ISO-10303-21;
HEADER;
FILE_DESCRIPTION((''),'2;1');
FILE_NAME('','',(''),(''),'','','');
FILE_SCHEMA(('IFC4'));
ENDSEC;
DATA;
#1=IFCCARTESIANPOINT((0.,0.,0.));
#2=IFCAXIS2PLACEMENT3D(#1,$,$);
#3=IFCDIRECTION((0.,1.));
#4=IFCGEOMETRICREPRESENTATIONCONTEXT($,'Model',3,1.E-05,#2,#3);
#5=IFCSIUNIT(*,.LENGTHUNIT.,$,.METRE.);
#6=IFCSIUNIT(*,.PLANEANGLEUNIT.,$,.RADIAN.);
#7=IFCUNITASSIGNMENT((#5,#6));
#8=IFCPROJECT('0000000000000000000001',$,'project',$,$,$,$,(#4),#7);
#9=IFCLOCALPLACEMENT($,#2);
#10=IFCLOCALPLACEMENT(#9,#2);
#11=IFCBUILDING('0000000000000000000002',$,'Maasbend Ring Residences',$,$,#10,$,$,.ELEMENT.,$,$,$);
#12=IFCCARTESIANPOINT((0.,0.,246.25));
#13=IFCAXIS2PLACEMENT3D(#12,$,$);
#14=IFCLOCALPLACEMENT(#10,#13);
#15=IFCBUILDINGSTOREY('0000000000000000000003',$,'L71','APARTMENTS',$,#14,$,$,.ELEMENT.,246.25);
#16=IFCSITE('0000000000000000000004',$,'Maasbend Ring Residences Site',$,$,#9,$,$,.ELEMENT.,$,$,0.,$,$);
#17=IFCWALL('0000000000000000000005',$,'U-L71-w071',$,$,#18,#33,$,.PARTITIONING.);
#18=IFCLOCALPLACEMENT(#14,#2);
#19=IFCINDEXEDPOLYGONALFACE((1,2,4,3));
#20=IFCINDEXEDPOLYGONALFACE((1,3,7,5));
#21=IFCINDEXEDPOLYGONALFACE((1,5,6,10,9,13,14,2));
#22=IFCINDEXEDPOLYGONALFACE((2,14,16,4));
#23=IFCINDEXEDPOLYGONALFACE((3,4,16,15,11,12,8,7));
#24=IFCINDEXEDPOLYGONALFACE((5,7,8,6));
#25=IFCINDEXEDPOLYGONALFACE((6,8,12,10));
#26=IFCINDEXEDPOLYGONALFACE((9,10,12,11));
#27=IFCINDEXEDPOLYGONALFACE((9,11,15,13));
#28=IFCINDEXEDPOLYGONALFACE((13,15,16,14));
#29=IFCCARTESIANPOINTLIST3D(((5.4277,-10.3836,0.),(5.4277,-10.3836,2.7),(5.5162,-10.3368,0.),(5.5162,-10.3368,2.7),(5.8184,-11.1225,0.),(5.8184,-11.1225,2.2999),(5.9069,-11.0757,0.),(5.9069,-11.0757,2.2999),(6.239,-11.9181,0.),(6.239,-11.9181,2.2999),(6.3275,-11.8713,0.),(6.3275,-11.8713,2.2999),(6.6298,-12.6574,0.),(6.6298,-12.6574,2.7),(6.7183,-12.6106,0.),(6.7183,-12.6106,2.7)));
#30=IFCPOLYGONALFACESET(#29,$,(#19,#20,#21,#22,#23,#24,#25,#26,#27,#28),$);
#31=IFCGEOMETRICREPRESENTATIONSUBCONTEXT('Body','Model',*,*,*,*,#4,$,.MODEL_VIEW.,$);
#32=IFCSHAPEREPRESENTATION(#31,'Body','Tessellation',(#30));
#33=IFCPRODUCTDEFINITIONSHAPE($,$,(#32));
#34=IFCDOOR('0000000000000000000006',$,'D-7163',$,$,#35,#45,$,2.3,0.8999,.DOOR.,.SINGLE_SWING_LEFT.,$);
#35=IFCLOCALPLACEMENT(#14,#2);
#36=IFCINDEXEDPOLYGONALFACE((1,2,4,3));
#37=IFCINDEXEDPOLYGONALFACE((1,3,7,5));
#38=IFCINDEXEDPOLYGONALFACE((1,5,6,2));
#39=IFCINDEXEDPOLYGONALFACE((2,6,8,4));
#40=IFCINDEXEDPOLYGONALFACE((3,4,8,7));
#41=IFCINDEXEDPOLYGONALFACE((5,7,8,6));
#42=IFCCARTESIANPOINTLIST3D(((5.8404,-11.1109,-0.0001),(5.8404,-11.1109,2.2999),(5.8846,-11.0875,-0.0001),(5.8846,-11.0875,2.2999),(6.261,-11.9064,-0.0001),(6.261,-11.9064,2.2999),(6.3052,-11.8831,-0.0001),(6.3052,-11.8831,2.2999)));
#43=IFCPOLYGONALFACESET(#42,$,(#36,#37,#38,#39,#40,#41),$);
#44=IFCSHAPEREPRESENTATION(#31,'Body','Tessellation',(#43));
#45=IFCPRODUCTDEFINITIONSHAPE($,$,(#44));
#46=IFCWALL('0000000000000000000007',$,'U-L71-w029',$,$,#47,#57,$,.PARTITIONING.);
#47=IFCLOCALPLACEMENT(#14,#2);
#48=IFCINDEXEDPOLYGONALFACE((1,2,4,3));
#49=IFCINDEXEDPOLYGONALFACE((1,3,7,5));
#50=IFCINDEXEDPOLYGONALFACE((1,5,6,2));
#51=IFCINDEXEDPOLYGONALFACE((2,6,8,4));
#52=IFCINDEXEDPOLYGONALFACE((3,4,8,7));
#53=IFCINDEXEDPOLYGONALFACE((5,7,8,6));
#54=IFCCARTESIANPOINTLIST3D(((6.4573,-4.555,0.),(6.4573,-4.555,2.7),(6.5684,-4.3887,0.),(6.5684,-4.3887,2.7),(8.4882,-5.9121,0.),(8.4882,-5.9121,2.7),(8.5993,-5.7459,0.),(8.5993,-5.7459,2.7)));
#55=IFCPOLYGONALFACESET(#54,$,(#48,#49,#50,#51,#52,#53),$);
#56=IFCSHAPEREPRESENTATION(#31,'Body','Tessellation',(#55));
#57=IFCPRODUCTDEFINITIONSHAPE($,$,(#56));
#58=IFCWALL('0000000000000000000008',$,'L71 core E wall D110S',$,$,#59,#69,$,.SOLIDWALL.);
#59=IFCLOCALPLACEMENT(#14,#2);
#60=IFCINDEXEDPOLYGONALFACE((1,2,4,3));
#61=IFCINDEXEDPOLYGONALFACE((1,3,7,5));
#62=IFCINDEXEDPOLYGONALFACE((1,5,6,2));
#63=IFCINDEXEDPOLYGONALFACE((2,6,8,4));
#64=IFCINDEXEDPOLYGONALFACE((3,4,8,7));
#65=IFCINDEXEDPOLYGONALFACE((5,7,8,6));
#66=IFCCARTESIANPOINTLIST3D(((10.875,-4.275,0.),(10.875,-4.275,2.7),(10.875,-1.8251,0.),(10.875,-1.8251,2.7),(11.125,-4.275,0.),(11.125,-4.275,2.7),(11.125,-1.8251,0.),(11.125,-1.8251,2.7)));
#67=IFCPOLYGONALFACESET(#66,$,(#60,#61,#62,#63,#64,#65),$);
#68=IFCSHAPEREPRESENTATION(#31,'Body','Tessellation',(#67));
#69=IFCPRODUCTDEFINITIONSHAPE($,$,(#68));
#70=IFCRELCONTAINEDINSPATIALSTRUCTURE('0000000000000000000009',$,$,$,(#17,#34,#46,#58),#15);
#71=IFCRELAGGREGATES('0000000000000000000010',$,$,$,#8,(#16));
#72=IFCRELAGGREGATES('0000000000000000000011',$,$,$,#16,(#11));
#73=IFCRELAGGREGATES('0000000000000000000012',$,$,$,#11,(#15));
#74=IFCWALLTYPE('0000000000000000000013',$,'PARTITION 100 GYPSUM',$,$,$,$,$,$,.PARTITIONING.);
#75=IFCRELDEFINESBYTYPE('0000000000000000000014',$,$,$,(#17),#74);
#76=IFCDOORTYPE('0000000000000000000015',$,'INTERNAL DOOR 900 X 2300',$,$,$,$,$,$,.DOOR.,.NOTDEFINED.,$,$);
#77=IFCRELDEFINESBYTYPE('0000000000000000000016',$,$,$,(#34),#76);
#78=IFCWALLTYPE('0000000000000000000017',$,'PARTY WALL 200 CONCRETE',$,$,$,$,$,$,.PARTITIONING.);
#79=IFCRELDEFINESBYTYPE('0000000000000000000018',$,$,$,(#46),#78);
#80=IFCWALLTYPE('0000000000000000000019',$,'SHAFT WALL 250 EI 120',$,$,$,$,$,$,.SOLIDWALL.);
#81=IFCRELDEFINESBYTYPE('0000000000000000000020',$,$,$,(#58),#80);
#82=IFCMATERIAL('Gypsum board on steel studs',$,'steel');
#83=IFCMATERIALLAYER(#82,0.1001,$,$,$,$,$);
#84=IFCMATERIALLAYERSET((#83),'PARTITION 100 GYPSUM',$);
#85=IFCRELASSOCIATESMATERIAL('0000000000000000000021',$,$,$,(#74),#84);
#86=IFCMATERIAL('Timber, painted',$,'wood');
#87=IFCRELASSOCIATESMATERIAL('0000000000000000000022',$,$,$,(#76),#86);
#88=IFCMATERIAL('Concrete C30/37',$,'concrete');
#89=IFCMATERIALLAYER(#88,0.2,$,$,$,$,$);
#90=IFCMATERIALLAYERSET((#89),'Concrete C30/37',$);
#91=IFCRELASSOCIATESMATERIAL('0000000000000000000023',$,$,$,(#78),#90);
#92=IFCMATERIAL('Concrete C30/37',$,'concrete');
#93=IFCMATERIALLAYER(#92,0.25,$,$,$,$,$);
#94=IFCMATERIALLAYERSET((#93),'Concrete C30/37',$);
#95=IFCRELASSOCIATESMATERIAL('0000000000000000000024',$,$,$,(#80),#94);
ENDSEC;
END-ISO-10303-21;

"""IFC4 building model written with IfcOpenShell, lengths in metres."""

from ifc_helpers import new_model, si_unit, direction, frame, frame_2d, origin, place, context, subcontext, project, spatial, rectangle, extrude, material, layer, layer_set, type_object, element, fill, save


model = new_model("IFC4")

# Units and contexts
model_context = context("Model", 3, precision=1e-05, world=origin(), true_north=direction((0.0, 1.0)))
body_context = subcontext(model_context, "Body", "Model", "MODEL_VIEW")
ifc_project = project(units=[si_unit("LENGTHUNIT", "METRE"), si_unit("PLANEANGLEUNIT", "RADIAN")], contexts=[model_context])

# Site, building, storey
site_placement = place(None, origin())
site = spatial("IfcSite", under=ifc_project, at=site_placement, Name="Maasbend Ring Residences Site", CompositionType="ELEMENT", RefElevation=0.0)
building_placement = place(site_placement, origin())
building = spatial("IfcBuilding", under=site, at=building_placement, Name="Maasbend Ring Residences", CompositionType="ELEMENT")
storey_placement = place(building_placement, frame((0.0, 0.0, 246.25)))
storey = spatial("IfcBuildingStorey", under=building, at=storey_placement, Name="L71", Description="APARTMENTS", CompositionType="ELEMENT", Elevation=246.25)

# Shared definitions
ifc_material_1 = material(Name="Gypsum board on steel studs", Category="steel")
ifc_layer_1 = layer(ifc_material_1, 0.1001)
ifc_layer_set_1 = layer_set([ifc_layer_1], Name="PARTITION 100 GYPSUM")
wall_type_1 = type_object("IfcWallType", Name="PARTITION 100 GYPSUM", PredefinedType="PARTITIONING", material=ifc_layer_set_1)

# Wall, opening, door
wall_1_placement = place(storey_placement, frame((5.4719, -10.3601, 0.0), z_axis=(0.0, 0.0, 1.0), x_axis=(0.467373, -0.88406, 0.0)))
wall_1 = element("IfcWall", 1, at=wall_1_placement, inside=storey, type_object=wall_type_1, Name="U-L71-w071", PredefinedType="PARTITIONING", context=body_context, shape_type="SweptSolid", body=[
    extrude(rectangle(XDim=2.572, YDim=0.1001, at=frame_2d((1.2861, 0.0))), origin(), (0.0, 0.0, 1.0), 2.7),
])
opening_1_placement = place(wall_1_placement, frame((0.8359, 0.0, 0.0)))
opening_1 = element("IfcOpeningElement", 2, at=opening_1_placement, cuts=wall_1, PredefinedType="OPENING", context=body_context, shape_type="SweptSolid", body=[
    extrude(rectangle(XDim=0.8999, YDim=2.3, at=frame_2d((0.45, 1.1499))), frame((0.0, 0.0601, 0.0), z_axis=(0.0, -1.0, 0.0), x_axis=(1.0, 0.0, 0.0)), (0.0, 0.0, 1.0), 0.1201),
])
ifc_material_2 = material(Name="Timber, painted", Category="wood")
door_type_1 = type_object("IfcDoorType", Name="INTERNAL DOOR 900 X 2300", OperationType="NOTDEFINED", PredefinedType="DOOR", material=ifc_material_2)
door_1_placement = place(opening_1_placement, origin())
door_1 = element("IfcDoor", 3, at=door_1_placement, inside=storey, type_object=door_type_1, Name="D-7163", OperationType="SINGLE_SWING_LEFT", OverallHeight=2.3, OverallWidth=0.8999, PredefinedType="DOOR", context=body_context, shape_type="SweptSolid", body=[
    extrude(rectangle(XDim=0.8999, YDim=2.3, at=frame_2d((0.45, 1.1499))), frame((0.0, 0.0249, 0.0), z_axis=(0.0, -1.0, 0.0), x_axis=(1.0, 0.0, 0.0)), (0.0, 0.0, 1.0), 0.05),
])
fill(opening_1, door_1)

# Walls
ifc_material_3 = material(Name="Concrete C30/37", Category="concrete")
ifc_layer_2 = layer(ifc_material_3, 0.2)
ifc_layer_set_2 = layer_set([ifc_layer_2], Name="Concrete C30/37")
wall_type_2 = type_object("IfcWallType", Name="PARTY WALL 200 CONCRETE", PredefinedType="PARTITIONING", material=ifc_layer_set_2)
wall_2_placement = place(storey_placement, frame((6.5129, -4.4719, 0.0), z_axis=(0.0, 0.0, 1.0), x_axis=(0.83145, -0.555599, 0.0)))
element("IfcWall", 4, at=wall_2_placement, inside=storey, type_object=wall_type_2, Name="U-L71-w029", PredefinedType="PARTITIONING", context=body_context, shape_type="SweptSolid", body=[
    extrude(rectangle(XDim=2.4426, YDim=0.2, at=frame_2d((1.2212, 0.0))), origin(), (0.0, 0.0, 1.0), 2.7),
])
ifc_material_4 = material(Name="Concrete C30/37", Category="concrete")
ifc_layer_3 = layer(ifc_material_4, 0.25)
ifc_layer_set_3 = layer_set([ifc_layer_3], Name="Concrete C30/37")
wall_type_3 = type_object("IfcWallType", Name="SHAFT WALL 250 EI 120", PredefinedType="SOLIDWALL", material=ifc_layer_set_3)
wall_3_placement = place(storey_placement, frame((11.0, -1.825, 0.0), z_axis=(0.0, 0.0, 1.0), x_axis=(0.0, -1.0, 0.0)))
element("IfcWall", 5, at=wall_3_placement, inside=storey, type_object=wall_type_3, Name="L71 core E wall D110S", PredefinedType="SOLIDWALL", context=body_context, shape_type="SweptSolid", body=[
    extrude(rectangle(XDim=2.45, YDim=0.25, at=frame_2d((1.2251, 0.0))), origin(), (0.0, 0.0, 1.0), 2.7),
])

save(model, "model.ifc")
